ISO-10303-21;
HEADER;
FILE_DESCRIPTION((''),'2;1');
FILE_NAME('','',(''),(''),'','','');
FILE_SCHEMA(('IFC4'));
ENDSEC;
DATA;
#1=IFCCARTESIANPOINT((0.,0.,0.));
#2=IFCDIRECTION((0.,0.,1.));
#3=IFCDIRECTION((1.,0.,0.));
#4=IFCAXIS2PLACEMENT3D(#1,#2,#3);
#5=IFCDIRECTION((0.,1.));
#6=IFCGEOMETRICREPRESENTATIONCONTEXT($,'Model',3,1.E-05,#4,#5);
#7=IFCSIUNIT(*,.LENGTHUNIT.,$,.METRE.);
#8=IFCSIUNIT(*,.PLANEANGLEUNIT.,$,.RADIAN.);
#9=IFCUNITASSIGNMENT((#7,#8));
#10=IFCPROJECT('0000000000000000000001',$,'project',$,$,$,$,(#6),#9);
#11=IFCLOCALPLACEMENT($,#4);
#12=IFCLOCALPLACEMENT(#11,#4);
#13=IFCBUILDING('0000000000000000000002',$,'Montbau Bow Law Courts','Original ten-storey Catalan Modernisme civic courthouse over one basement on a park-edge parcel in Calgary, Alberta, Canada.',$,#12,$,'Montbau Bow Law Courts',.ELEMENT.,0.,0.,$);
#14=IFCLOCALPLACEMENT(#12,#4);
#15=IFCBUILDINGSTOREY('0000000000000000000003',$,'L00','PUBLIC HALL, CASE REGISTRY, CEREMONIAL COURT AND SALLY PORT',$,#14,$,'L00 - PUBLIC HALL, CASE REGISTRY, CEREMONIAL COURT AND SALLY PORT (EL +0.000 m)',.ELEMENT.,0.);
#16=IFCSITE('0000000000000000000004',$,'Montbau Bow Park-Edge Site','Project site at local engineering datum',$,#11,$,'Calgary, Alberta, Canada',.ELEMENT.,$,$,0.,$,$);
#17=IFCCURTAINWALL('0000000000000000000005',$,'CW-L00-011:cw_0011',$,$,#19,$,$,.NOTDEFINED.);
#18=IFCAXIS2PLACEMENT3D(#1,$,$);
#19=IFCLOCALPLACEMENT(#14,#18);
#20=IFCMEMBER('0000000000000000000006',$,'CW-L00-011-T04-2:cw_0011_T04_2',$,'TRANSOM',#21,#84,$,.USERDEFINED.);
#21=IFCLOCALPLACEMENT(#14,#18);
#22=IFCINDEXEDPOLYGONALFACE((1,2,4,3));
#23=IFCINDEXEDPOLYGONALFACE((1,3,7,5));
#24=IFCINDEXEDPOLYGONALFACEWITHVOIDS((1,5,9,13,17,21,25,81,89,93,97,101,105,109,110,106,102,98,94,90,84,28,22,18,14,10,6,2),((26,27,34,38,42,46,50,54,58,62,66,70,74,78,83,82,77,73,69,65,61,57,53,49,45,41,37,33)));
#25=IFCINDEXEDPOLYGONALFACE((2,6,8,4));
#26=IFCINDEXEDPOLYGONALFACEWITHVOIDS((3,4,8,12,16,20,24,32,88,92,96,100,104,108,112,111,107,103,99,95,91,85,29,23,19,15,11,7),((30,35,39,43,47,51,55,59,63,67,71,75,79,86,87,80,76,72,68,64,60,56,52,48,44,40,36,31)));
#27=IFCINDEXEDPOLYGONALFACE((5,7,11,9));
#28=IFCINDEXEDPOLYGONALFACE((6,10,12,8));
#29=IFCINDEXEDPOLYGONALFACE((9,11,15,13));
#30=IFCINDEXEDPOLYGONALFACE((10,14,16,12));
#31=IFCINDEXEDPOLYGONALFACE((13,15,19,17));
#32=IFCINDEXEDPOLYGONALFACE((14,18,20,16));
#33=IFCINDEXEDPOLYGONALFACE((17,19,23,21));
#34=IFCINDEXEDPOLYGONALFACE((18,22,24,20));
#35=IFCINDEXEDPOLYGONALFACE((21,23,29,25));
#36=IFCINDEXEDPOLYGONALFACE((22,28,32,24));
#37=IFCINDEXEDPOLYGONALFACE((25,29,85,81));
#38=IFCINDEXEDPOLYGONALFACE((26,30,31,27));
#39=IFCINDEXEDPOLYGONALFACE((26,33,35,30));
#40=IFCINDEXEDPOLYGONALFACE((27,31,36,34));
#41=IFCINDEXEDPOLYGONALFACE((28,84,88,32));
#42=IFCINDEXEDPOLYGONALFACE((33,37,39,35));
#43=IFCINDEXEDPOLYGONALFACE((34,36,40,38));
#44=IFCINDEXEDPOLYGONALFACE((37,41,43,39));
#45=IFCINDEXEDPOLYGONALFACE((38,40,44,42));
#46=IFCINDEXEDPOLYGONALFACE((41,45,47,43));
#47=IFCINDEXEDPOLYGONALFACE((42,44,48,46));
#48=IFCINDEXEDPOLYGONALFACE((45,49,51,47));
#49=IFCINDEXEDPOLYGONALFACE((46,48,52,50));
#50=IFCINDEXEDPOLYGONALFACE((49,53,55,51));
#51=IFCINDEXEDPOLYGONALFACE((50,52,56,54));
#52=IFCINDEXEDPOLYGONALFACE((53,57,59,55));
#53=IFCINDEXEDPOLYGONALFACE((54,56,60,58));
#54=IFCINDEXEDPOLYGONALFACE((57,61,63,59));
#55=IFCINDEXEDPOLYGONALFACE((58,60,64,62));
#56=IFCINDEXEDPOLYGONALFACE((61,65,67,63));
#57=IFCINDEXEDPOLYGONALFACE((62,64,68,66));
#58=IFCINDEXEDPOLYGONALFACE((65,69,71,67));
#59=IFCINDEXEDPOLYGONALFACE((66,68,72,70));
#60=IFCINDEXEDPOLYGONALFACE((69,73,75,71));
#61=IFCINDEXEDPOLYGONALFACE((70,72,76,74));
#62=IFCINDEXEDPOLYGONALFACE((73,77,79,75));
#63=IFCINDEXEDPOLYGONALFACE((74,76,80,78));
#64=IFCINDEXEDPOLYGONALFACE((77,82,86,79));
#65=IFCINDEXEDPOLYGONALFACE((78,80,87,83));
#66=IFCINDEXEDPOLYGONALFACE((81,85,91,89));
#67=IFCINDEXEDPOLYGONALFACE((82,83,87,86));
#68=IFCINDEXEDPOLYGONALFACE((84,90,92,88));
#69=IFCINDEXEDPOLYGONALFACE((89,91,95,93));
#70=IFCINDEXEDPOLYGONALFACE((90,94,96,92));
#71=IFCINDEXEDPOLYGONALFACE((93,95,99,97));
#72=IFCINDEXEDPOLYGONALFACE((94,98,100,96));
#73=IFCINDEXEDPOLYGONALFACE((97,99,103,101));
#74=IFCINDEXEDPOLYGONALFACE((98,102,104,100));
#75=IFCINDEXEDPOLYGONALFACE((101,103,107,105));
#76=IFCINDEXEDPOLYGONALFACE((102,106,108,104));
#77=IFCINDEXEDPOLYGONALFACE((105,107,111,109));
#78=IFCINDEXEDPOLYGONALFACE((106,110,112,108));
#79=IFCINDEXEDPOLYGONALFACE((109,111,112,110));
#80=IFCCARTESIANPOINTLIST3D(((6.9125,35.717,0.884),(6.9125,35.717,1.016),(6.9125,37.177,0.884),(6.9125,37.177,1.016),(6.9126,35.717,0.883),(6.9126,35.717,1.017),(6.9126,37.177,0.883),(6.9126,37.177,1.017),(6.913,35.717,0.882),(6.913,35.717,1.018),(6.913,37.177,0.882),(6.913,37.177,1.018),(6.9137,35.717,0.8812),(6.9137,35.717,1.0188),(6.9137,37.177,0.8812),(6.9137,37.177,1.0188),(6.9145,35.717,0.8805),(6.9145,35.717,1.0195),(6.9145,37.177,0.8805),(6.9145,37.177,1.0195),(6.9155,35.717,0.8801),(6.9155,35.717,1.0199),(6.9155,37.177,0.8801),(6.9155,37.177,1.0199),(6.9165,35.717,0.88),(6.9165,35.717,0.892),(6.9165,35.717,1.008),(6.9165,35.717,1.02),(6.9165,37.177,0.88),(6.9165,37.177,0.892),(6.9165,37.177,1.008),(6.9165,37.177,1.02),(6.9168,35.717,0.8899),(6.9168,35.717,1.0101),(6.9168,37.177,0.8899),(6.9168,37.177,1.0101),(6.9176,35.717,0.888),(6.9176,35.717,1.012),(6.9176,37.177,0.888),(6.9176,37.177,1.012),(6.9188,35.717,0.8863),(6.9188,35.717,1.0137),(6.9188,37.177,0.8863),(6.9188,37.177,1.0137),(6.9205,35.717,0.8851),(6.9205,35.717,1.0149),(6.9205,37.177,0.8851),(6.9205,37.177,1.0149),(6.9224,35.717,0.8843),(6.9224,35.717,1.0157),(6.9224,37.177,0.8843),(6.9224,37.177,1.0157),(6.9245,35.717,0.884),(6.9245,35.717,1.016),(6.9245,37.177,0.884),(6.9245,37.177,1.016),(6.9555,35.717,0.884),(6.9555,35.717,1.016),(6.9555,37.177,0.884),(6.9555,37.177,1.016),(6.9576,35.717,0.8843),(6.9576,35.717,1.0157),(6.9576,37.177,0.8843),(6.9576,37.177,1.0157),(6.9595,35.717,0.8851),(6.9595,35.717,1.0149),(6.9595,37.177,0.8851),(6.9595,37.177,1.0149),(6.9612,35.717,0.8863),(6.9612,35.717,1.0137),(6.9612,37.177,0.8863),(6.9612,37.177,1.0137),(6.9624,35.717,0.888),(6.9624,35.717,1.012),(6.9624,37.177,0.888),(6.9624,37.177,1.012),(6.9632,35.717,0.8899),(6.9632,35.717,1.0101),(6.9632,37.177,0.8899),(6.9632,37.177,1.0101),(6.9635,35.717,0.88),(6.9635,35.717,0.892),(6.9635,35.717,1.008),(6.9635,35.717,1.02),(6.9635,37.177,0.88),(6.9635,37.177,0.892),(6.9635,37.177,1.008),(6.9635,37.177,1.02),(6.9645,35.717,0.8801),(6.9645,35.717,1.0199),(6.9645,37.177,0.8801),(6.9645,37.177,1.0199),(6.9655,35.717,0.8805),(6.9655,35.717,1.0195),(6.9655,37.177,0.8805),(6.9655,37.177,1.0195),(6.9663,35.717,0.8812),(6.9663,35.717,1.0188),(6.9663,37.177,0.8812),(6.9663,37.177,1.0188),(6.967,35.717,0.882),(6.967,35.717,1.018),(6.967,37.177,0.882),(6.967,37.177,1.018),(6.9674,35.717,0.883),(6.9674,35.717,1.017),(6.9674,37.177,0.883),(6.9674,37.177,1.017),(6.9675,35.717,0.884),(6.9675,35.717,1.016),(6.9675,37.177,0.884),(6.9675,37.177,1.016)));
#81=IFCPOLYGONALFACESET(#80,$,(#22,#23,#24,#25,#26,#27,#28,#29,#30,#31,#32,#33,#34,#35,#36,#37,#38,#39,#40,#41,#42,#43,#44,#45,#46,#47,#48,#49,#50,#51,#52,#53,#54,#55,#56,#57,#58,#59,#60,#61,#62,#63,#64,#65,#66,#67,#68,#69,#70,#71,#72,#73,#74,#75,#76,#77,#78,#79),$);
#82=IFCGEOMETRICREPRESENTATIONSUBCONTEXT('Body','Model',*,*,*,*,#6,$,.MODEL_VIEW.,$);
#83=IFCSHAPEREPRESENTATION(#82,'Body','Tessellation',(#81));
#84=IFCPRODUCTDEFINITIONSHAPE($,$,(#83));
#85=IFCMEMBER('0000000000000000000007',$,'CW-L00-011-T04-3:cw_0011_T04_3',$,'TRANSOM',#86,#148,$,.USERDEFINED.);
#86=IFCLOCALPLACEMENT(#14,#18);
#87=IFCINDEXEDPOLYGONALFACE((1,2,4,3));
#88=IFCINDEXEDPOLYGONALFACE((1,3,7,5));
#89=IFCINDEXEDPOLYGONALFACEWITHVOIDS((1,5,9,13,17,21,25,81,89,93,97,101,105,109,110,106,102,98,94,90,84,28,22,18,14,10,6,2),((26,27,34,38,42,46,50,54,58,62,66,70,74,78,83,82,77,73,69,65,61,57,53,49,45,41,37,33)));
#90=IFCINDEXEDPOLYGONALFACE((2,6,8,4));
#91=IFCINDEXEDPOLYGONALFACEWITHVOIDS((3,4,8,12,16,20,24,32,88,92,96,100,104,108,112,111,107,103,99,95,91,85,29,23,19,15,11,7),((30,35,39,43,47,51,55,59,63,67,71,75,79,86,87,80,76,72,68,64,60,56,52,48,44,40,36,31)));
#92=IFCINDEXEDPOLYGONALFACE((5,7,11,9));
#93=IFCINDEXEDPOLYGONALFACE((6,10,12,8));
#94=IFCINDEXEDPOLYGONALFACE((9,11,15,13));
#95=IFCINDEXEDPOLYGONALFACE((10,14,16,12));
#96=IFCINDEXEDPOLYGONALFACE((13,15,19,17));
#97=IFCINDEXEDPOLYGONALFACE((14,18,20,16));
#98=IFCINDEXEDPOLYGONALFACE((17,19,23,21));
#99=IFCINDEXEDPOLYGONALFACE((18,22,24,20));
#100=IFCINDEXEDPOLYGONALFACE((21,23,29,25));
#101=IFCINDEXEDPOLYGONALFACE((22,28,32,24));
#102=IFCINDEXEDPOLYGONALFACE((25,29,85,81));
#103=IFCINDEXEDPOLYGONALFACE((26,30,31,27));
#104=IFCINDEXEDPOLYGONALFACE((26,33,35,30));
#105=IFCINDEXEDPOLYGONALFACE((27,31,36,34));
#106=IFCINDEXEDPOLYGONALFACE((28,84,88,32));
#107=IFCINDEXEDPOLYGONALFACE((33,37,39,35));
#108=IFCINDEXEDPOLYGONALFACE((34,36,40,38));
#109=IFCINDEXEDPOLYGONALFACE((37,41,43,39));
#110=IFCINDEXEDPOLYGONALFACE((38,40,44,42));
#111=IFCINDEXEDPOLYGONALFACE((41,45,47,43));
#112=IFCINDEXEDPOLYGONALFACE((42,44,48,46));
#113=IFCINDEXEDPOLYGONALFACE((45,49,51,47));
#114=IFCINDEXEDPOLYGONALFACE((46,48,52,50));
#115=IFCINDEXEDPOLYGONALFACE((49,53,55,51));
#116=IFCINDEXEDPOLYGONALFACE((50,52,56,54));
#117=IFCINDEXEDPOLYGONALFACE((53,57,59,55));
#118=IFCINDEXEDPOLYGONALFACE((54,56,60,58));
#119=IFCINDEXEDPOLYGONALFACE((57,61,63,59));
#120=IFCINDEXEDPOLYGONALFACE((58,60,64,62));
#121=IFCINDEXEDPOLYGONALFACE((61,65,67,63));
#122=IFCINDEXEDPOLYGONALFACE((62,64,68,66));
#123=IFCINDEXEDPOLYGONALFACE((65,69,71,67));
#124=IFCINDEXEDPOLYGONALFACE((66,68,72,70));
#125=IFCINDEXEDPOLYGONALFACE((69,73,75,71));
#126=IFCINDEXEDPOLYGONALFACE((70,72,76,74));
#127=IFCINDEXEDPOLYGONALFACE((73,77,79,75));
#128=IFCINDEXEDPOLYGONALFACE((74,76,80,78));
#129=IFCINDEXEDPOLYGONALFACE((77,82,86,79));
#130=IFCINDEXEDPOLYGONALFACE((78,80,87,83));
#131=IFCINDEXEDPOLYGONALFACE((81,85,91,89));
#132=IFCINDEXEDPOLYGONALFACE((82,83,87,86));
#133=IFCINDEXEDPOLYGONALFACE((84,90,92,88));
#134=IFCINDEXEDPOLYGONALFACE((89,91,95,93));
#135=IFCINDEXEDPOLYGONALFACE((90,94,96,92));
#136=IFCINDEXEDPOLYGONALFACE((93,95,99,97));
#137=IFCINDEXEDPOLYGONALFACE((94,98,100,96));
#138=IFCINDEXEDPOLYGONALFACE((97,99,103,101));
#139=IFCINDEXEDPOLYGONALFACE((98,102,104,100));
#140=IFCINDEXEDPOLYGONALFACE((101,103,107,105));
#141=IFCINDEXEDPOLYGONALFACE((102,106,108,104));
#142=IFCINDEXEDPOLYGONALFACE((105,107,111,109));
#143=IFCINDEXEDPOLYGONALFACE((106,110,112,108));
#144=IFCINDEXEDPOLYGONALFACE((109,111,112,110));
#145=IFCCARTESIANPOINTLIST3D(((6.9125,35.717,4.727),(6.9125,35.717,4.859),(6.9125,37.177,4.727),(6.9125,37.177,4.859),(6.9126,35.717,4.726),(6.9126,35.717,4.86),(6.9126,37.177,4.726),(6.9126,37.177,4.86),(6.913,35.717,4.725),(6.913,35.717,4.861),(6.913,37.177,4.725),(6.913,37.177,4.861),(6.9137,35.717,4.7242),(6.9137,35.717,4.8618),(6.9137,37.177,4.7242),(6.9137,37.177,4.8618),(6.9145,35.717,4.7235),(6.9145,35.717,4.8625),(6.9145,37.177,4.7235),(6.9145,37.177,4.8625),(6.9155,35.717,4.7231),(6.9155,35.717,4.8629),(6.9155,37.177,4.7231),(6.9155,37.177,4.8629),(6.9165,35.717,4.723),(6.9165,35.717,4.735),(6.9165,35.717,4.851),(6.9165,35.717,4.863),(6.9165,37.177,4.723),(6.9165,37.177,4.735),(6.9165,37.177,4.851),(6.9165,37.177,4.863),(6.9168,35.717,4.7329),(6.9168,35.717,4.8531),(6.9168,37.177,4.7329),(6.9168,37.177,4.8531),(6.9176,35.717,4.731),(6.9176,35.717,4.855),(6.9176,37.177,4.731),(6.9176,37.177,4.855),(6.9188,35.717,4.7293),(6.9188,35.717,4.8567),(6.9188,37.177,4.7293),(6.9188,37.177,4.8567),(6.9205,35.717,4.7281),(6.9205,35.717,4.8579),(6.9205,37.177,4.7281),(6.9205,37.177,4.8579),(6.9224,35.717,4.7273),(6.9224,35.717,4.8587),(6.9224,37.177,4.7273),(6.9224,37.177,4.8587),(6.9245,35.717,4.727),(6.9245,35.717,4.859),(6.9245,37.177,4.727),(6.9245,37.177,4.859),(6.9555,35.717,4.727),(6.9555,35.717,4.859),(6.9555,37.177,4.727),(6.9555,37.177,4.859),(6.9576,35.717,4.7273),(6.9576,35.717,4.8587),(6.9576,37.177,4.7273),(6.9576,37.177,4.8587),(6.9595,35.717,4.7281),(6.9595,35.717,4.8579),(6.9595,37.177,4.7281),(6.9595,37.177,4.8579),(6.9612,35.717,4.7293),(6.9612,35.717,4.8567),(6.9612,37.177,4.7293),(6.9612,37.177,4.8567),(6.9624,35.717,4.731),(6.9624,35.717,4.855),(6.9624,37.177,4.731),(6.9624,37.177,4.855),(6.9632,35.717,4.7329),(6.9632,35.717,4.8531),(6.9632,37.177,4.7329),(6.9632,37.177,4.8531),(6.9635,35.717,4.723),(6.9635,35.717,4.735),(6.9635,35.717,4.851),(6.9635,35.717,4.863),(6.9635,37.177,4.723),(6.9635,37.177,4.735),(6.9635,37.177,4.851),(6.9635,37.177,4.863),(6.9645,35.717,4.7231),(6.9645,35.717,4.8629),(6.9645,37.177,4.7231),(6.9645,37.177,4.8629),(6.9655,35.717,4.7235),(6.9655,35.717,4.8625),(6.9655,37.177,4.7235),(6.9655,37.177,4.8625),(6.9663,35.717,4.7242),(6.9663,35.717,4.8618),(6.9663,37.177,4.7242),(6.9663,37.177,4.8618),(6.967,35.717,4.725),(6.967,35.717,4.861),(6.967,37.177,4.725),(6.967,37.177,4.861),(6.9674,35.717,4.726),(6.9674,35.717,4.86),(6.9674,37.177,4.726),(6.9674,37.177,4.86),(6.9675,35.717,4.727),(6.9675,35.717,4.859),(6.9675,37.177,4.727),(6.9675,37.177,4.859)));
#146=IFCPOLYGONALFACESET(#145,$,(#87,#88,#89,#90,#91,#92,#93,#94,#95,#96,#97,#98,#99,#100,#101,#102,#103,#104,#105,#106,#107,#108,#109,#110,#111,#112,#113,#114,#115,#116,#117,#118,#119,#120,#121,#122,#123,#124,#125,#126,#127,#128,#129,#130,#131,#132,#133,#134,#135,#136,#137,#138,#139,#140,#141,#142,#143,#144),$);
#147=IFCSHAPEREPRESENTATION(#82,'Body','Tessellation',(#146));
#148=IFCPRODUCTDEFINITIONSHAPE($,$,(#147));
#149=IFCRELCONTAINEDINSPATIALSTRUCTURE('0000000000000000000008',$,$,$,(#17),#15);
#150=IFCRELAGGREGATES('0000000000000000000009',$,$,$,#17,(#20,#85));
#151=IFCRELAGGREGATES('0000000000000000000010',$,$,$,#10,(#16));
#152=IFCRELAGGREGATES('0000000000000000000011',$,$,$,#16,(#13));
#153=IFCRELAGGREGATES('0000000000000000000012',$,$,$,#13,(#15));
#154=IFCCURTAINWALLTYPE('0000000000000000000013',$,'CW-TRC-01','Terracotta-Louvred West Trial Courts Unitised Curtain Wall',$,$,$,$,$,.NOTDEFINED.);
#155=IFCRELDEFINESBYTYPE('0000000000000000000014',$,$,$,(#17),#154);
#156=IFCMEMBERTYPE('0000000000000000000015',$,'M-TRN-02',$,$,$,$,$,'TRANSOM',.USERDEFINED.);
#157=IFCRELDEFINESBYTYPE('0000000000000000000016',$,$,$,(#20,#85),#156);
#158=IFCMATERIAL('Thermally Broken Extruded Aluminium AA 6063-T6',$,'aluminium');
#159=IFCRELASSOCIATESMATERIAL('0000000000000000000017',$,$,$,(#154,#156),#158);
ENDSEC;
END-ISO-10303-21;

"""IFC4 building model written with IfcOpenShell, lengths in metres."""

from ifc_helpers import new_model, si_unit, direction, frame, origin_with_axes, origin_2d_with_axis, place, context, subcontext, project, spatial, hollow_rectangle, extrude, material, material_profile, profile_set, type_object, element, aggregate, save


model = new_model("IFC4")

# Units and contexts
model_context = context("Model", 3, precision=1e-05, world=origin_with_axes(), true_north=direction((0.0, 1.0)))
body_context = subcontext(model_context, "Body", "Model", "MODEL_VIEW")
ifc_project = project(units=[si_unit("LENGTHUNIT", "METRE"), si_unit("PLANEANGLEUNIT", "RADIAN")], contexts=[model_context])

# Site, building, storey
site_placement = place(None, origin_with_axes())
site = spatial("IfcSite", under=ifc_project, at=site_placement, Name="Montbau Bow Park-Edge Site", Description="Project site at local engineering datum", LongName="Calgary, Alberta, Canada", CompositionType="ELEMENT", RefElevation=0.0)
building_placement = place(site_placement, origin_with_axes())
building = spatial("IfcBuilding", under=site, at=building_placement, Name="Montbau Bow Law Courts", Description="Original ten-storey Catalan Modernisme civic courthouse over one basement on a park-edge parcel in Calgary, Alberta, Canada.", LongName="Montbau Bow Law Courts", CompositionType="ELEMENT", ElevationOfRefHeight=0.0, ElevationOfTerrain=0.0)
storey_placement = place(building_placement, origin_with_axes())
storey = spatial("IfcBuildingStorey", under=building, at=storey_placement, Name="L00", Description="PUBLIC HALL, CASE REGISTRY, CEREMONIAL COURT AND SALLY PORT", LongName="L00 - PUBLIC HALL, CASE REGISTRY, CEREMONIAL COURT AND SALLY PORT (EL +0.000 m)", CompositionType="ELEMENT", Elevation=0.0)

# Curtain wall, members
ifc_material_1 = material(Name="Thermally Broken Extruded Aluminium AA 6063-T6", Category="aluminium")
curtain_wall_type = type_object("IfcCurtainWallType", Name="CW-TRC-01", Description="Terracotta-Louvred West Trial Courts Unitised Curtain Wall", PredefinedType="NOTDEFINED", material=ifc_material_1)
curtain_wall_placement = place(None, frame((6.94, 31.115, 0.0), z_axis=(0.0, 0.0, 1.0), x_axis=(1.0, 0.0, 0.0)))
curtain_wall = element("IfcCurtainWall", 1, at=curtain_wall_placement, inside=storey, type_object=curtain_wall_type, Name="CW-L00-011:cw_0011", PredefinedType="NOTDEFINED")
ifc_material_profile_1 = material_profile(ifc_material_1, hollow_rectangle(XDim=0.055, YDim=0.14, WallThickness=0.004, InnerFilletRadius=0.008, OuterFilletRadius=0.004, at=origin_2d_with_axis()), Name="CWT-140X55", Category="Main", Priority=0)
ifc_profile_set_1 = profile_set([ifc_material_profile_1], Name="Thermally Broken Extruded Aluminium AA 6063-T6")
member_type_1 = type_object("IfcMemberType", Name="M-TRN-02", ElementType="TRANSOM", PredefinedType="USERDEFINED", material=ifc_profile_set_1)
member_1_placement = place(None, frame((6.94, 35.717, 0.95), z_axis=(0.0, 1.0, 0.0), x_axis=(-1.0, 0.0, 0.0)))
member_1 = element("IfcMember", 2, at=member_1_placement, type_object=member_type_1, Name="CW-L00-011-T04-2:cw_0011_T04_2", ObjectType="TRANSOM", PredefinedType="USERDEFINED", context=body_context, shape_type="SweptSolid", body=[
    extrude(hollow_rectangle(XDim=0.055, YDim=0.14, WallThickness=0.004, InnerFilletRadius=0.008, OuterFilletRadius=0.004, at=origin_2d_with_axis()), origin_with_axes(), (0.0, 0.0, 1.0), 1.46),
])
member_2_placement = place(None, frame((6.94, 35.717, 4.793), z_axis=(0.0, 1.0, 0.0), x_axis=(-1.0, 0.0, 0.0)))
member_2 = element("IfcMember", 3, at=member_2_placement, type_object=member_type_1, Name="CW-L00-011-T04-3:cw_0011_T04_3", ObjectType="TRANSOM", PredefinedType="USERDEFINED", context=body_context, shape_type="SweptSolid", body=[
    extrude(hollow_rectangle(XDim=0.055, YDim=0.14, WallThickness=0.004, InnerFilletRadius=0.008, OuterFilletRadius=0.004, at=origin_2d_with_axis()), origin_with_axes(), (0.0, 0.0, 1.0), 1.46),
])
aggregate(curtain_wall, [member_1, member_2])

save(model, "model.ifc")
